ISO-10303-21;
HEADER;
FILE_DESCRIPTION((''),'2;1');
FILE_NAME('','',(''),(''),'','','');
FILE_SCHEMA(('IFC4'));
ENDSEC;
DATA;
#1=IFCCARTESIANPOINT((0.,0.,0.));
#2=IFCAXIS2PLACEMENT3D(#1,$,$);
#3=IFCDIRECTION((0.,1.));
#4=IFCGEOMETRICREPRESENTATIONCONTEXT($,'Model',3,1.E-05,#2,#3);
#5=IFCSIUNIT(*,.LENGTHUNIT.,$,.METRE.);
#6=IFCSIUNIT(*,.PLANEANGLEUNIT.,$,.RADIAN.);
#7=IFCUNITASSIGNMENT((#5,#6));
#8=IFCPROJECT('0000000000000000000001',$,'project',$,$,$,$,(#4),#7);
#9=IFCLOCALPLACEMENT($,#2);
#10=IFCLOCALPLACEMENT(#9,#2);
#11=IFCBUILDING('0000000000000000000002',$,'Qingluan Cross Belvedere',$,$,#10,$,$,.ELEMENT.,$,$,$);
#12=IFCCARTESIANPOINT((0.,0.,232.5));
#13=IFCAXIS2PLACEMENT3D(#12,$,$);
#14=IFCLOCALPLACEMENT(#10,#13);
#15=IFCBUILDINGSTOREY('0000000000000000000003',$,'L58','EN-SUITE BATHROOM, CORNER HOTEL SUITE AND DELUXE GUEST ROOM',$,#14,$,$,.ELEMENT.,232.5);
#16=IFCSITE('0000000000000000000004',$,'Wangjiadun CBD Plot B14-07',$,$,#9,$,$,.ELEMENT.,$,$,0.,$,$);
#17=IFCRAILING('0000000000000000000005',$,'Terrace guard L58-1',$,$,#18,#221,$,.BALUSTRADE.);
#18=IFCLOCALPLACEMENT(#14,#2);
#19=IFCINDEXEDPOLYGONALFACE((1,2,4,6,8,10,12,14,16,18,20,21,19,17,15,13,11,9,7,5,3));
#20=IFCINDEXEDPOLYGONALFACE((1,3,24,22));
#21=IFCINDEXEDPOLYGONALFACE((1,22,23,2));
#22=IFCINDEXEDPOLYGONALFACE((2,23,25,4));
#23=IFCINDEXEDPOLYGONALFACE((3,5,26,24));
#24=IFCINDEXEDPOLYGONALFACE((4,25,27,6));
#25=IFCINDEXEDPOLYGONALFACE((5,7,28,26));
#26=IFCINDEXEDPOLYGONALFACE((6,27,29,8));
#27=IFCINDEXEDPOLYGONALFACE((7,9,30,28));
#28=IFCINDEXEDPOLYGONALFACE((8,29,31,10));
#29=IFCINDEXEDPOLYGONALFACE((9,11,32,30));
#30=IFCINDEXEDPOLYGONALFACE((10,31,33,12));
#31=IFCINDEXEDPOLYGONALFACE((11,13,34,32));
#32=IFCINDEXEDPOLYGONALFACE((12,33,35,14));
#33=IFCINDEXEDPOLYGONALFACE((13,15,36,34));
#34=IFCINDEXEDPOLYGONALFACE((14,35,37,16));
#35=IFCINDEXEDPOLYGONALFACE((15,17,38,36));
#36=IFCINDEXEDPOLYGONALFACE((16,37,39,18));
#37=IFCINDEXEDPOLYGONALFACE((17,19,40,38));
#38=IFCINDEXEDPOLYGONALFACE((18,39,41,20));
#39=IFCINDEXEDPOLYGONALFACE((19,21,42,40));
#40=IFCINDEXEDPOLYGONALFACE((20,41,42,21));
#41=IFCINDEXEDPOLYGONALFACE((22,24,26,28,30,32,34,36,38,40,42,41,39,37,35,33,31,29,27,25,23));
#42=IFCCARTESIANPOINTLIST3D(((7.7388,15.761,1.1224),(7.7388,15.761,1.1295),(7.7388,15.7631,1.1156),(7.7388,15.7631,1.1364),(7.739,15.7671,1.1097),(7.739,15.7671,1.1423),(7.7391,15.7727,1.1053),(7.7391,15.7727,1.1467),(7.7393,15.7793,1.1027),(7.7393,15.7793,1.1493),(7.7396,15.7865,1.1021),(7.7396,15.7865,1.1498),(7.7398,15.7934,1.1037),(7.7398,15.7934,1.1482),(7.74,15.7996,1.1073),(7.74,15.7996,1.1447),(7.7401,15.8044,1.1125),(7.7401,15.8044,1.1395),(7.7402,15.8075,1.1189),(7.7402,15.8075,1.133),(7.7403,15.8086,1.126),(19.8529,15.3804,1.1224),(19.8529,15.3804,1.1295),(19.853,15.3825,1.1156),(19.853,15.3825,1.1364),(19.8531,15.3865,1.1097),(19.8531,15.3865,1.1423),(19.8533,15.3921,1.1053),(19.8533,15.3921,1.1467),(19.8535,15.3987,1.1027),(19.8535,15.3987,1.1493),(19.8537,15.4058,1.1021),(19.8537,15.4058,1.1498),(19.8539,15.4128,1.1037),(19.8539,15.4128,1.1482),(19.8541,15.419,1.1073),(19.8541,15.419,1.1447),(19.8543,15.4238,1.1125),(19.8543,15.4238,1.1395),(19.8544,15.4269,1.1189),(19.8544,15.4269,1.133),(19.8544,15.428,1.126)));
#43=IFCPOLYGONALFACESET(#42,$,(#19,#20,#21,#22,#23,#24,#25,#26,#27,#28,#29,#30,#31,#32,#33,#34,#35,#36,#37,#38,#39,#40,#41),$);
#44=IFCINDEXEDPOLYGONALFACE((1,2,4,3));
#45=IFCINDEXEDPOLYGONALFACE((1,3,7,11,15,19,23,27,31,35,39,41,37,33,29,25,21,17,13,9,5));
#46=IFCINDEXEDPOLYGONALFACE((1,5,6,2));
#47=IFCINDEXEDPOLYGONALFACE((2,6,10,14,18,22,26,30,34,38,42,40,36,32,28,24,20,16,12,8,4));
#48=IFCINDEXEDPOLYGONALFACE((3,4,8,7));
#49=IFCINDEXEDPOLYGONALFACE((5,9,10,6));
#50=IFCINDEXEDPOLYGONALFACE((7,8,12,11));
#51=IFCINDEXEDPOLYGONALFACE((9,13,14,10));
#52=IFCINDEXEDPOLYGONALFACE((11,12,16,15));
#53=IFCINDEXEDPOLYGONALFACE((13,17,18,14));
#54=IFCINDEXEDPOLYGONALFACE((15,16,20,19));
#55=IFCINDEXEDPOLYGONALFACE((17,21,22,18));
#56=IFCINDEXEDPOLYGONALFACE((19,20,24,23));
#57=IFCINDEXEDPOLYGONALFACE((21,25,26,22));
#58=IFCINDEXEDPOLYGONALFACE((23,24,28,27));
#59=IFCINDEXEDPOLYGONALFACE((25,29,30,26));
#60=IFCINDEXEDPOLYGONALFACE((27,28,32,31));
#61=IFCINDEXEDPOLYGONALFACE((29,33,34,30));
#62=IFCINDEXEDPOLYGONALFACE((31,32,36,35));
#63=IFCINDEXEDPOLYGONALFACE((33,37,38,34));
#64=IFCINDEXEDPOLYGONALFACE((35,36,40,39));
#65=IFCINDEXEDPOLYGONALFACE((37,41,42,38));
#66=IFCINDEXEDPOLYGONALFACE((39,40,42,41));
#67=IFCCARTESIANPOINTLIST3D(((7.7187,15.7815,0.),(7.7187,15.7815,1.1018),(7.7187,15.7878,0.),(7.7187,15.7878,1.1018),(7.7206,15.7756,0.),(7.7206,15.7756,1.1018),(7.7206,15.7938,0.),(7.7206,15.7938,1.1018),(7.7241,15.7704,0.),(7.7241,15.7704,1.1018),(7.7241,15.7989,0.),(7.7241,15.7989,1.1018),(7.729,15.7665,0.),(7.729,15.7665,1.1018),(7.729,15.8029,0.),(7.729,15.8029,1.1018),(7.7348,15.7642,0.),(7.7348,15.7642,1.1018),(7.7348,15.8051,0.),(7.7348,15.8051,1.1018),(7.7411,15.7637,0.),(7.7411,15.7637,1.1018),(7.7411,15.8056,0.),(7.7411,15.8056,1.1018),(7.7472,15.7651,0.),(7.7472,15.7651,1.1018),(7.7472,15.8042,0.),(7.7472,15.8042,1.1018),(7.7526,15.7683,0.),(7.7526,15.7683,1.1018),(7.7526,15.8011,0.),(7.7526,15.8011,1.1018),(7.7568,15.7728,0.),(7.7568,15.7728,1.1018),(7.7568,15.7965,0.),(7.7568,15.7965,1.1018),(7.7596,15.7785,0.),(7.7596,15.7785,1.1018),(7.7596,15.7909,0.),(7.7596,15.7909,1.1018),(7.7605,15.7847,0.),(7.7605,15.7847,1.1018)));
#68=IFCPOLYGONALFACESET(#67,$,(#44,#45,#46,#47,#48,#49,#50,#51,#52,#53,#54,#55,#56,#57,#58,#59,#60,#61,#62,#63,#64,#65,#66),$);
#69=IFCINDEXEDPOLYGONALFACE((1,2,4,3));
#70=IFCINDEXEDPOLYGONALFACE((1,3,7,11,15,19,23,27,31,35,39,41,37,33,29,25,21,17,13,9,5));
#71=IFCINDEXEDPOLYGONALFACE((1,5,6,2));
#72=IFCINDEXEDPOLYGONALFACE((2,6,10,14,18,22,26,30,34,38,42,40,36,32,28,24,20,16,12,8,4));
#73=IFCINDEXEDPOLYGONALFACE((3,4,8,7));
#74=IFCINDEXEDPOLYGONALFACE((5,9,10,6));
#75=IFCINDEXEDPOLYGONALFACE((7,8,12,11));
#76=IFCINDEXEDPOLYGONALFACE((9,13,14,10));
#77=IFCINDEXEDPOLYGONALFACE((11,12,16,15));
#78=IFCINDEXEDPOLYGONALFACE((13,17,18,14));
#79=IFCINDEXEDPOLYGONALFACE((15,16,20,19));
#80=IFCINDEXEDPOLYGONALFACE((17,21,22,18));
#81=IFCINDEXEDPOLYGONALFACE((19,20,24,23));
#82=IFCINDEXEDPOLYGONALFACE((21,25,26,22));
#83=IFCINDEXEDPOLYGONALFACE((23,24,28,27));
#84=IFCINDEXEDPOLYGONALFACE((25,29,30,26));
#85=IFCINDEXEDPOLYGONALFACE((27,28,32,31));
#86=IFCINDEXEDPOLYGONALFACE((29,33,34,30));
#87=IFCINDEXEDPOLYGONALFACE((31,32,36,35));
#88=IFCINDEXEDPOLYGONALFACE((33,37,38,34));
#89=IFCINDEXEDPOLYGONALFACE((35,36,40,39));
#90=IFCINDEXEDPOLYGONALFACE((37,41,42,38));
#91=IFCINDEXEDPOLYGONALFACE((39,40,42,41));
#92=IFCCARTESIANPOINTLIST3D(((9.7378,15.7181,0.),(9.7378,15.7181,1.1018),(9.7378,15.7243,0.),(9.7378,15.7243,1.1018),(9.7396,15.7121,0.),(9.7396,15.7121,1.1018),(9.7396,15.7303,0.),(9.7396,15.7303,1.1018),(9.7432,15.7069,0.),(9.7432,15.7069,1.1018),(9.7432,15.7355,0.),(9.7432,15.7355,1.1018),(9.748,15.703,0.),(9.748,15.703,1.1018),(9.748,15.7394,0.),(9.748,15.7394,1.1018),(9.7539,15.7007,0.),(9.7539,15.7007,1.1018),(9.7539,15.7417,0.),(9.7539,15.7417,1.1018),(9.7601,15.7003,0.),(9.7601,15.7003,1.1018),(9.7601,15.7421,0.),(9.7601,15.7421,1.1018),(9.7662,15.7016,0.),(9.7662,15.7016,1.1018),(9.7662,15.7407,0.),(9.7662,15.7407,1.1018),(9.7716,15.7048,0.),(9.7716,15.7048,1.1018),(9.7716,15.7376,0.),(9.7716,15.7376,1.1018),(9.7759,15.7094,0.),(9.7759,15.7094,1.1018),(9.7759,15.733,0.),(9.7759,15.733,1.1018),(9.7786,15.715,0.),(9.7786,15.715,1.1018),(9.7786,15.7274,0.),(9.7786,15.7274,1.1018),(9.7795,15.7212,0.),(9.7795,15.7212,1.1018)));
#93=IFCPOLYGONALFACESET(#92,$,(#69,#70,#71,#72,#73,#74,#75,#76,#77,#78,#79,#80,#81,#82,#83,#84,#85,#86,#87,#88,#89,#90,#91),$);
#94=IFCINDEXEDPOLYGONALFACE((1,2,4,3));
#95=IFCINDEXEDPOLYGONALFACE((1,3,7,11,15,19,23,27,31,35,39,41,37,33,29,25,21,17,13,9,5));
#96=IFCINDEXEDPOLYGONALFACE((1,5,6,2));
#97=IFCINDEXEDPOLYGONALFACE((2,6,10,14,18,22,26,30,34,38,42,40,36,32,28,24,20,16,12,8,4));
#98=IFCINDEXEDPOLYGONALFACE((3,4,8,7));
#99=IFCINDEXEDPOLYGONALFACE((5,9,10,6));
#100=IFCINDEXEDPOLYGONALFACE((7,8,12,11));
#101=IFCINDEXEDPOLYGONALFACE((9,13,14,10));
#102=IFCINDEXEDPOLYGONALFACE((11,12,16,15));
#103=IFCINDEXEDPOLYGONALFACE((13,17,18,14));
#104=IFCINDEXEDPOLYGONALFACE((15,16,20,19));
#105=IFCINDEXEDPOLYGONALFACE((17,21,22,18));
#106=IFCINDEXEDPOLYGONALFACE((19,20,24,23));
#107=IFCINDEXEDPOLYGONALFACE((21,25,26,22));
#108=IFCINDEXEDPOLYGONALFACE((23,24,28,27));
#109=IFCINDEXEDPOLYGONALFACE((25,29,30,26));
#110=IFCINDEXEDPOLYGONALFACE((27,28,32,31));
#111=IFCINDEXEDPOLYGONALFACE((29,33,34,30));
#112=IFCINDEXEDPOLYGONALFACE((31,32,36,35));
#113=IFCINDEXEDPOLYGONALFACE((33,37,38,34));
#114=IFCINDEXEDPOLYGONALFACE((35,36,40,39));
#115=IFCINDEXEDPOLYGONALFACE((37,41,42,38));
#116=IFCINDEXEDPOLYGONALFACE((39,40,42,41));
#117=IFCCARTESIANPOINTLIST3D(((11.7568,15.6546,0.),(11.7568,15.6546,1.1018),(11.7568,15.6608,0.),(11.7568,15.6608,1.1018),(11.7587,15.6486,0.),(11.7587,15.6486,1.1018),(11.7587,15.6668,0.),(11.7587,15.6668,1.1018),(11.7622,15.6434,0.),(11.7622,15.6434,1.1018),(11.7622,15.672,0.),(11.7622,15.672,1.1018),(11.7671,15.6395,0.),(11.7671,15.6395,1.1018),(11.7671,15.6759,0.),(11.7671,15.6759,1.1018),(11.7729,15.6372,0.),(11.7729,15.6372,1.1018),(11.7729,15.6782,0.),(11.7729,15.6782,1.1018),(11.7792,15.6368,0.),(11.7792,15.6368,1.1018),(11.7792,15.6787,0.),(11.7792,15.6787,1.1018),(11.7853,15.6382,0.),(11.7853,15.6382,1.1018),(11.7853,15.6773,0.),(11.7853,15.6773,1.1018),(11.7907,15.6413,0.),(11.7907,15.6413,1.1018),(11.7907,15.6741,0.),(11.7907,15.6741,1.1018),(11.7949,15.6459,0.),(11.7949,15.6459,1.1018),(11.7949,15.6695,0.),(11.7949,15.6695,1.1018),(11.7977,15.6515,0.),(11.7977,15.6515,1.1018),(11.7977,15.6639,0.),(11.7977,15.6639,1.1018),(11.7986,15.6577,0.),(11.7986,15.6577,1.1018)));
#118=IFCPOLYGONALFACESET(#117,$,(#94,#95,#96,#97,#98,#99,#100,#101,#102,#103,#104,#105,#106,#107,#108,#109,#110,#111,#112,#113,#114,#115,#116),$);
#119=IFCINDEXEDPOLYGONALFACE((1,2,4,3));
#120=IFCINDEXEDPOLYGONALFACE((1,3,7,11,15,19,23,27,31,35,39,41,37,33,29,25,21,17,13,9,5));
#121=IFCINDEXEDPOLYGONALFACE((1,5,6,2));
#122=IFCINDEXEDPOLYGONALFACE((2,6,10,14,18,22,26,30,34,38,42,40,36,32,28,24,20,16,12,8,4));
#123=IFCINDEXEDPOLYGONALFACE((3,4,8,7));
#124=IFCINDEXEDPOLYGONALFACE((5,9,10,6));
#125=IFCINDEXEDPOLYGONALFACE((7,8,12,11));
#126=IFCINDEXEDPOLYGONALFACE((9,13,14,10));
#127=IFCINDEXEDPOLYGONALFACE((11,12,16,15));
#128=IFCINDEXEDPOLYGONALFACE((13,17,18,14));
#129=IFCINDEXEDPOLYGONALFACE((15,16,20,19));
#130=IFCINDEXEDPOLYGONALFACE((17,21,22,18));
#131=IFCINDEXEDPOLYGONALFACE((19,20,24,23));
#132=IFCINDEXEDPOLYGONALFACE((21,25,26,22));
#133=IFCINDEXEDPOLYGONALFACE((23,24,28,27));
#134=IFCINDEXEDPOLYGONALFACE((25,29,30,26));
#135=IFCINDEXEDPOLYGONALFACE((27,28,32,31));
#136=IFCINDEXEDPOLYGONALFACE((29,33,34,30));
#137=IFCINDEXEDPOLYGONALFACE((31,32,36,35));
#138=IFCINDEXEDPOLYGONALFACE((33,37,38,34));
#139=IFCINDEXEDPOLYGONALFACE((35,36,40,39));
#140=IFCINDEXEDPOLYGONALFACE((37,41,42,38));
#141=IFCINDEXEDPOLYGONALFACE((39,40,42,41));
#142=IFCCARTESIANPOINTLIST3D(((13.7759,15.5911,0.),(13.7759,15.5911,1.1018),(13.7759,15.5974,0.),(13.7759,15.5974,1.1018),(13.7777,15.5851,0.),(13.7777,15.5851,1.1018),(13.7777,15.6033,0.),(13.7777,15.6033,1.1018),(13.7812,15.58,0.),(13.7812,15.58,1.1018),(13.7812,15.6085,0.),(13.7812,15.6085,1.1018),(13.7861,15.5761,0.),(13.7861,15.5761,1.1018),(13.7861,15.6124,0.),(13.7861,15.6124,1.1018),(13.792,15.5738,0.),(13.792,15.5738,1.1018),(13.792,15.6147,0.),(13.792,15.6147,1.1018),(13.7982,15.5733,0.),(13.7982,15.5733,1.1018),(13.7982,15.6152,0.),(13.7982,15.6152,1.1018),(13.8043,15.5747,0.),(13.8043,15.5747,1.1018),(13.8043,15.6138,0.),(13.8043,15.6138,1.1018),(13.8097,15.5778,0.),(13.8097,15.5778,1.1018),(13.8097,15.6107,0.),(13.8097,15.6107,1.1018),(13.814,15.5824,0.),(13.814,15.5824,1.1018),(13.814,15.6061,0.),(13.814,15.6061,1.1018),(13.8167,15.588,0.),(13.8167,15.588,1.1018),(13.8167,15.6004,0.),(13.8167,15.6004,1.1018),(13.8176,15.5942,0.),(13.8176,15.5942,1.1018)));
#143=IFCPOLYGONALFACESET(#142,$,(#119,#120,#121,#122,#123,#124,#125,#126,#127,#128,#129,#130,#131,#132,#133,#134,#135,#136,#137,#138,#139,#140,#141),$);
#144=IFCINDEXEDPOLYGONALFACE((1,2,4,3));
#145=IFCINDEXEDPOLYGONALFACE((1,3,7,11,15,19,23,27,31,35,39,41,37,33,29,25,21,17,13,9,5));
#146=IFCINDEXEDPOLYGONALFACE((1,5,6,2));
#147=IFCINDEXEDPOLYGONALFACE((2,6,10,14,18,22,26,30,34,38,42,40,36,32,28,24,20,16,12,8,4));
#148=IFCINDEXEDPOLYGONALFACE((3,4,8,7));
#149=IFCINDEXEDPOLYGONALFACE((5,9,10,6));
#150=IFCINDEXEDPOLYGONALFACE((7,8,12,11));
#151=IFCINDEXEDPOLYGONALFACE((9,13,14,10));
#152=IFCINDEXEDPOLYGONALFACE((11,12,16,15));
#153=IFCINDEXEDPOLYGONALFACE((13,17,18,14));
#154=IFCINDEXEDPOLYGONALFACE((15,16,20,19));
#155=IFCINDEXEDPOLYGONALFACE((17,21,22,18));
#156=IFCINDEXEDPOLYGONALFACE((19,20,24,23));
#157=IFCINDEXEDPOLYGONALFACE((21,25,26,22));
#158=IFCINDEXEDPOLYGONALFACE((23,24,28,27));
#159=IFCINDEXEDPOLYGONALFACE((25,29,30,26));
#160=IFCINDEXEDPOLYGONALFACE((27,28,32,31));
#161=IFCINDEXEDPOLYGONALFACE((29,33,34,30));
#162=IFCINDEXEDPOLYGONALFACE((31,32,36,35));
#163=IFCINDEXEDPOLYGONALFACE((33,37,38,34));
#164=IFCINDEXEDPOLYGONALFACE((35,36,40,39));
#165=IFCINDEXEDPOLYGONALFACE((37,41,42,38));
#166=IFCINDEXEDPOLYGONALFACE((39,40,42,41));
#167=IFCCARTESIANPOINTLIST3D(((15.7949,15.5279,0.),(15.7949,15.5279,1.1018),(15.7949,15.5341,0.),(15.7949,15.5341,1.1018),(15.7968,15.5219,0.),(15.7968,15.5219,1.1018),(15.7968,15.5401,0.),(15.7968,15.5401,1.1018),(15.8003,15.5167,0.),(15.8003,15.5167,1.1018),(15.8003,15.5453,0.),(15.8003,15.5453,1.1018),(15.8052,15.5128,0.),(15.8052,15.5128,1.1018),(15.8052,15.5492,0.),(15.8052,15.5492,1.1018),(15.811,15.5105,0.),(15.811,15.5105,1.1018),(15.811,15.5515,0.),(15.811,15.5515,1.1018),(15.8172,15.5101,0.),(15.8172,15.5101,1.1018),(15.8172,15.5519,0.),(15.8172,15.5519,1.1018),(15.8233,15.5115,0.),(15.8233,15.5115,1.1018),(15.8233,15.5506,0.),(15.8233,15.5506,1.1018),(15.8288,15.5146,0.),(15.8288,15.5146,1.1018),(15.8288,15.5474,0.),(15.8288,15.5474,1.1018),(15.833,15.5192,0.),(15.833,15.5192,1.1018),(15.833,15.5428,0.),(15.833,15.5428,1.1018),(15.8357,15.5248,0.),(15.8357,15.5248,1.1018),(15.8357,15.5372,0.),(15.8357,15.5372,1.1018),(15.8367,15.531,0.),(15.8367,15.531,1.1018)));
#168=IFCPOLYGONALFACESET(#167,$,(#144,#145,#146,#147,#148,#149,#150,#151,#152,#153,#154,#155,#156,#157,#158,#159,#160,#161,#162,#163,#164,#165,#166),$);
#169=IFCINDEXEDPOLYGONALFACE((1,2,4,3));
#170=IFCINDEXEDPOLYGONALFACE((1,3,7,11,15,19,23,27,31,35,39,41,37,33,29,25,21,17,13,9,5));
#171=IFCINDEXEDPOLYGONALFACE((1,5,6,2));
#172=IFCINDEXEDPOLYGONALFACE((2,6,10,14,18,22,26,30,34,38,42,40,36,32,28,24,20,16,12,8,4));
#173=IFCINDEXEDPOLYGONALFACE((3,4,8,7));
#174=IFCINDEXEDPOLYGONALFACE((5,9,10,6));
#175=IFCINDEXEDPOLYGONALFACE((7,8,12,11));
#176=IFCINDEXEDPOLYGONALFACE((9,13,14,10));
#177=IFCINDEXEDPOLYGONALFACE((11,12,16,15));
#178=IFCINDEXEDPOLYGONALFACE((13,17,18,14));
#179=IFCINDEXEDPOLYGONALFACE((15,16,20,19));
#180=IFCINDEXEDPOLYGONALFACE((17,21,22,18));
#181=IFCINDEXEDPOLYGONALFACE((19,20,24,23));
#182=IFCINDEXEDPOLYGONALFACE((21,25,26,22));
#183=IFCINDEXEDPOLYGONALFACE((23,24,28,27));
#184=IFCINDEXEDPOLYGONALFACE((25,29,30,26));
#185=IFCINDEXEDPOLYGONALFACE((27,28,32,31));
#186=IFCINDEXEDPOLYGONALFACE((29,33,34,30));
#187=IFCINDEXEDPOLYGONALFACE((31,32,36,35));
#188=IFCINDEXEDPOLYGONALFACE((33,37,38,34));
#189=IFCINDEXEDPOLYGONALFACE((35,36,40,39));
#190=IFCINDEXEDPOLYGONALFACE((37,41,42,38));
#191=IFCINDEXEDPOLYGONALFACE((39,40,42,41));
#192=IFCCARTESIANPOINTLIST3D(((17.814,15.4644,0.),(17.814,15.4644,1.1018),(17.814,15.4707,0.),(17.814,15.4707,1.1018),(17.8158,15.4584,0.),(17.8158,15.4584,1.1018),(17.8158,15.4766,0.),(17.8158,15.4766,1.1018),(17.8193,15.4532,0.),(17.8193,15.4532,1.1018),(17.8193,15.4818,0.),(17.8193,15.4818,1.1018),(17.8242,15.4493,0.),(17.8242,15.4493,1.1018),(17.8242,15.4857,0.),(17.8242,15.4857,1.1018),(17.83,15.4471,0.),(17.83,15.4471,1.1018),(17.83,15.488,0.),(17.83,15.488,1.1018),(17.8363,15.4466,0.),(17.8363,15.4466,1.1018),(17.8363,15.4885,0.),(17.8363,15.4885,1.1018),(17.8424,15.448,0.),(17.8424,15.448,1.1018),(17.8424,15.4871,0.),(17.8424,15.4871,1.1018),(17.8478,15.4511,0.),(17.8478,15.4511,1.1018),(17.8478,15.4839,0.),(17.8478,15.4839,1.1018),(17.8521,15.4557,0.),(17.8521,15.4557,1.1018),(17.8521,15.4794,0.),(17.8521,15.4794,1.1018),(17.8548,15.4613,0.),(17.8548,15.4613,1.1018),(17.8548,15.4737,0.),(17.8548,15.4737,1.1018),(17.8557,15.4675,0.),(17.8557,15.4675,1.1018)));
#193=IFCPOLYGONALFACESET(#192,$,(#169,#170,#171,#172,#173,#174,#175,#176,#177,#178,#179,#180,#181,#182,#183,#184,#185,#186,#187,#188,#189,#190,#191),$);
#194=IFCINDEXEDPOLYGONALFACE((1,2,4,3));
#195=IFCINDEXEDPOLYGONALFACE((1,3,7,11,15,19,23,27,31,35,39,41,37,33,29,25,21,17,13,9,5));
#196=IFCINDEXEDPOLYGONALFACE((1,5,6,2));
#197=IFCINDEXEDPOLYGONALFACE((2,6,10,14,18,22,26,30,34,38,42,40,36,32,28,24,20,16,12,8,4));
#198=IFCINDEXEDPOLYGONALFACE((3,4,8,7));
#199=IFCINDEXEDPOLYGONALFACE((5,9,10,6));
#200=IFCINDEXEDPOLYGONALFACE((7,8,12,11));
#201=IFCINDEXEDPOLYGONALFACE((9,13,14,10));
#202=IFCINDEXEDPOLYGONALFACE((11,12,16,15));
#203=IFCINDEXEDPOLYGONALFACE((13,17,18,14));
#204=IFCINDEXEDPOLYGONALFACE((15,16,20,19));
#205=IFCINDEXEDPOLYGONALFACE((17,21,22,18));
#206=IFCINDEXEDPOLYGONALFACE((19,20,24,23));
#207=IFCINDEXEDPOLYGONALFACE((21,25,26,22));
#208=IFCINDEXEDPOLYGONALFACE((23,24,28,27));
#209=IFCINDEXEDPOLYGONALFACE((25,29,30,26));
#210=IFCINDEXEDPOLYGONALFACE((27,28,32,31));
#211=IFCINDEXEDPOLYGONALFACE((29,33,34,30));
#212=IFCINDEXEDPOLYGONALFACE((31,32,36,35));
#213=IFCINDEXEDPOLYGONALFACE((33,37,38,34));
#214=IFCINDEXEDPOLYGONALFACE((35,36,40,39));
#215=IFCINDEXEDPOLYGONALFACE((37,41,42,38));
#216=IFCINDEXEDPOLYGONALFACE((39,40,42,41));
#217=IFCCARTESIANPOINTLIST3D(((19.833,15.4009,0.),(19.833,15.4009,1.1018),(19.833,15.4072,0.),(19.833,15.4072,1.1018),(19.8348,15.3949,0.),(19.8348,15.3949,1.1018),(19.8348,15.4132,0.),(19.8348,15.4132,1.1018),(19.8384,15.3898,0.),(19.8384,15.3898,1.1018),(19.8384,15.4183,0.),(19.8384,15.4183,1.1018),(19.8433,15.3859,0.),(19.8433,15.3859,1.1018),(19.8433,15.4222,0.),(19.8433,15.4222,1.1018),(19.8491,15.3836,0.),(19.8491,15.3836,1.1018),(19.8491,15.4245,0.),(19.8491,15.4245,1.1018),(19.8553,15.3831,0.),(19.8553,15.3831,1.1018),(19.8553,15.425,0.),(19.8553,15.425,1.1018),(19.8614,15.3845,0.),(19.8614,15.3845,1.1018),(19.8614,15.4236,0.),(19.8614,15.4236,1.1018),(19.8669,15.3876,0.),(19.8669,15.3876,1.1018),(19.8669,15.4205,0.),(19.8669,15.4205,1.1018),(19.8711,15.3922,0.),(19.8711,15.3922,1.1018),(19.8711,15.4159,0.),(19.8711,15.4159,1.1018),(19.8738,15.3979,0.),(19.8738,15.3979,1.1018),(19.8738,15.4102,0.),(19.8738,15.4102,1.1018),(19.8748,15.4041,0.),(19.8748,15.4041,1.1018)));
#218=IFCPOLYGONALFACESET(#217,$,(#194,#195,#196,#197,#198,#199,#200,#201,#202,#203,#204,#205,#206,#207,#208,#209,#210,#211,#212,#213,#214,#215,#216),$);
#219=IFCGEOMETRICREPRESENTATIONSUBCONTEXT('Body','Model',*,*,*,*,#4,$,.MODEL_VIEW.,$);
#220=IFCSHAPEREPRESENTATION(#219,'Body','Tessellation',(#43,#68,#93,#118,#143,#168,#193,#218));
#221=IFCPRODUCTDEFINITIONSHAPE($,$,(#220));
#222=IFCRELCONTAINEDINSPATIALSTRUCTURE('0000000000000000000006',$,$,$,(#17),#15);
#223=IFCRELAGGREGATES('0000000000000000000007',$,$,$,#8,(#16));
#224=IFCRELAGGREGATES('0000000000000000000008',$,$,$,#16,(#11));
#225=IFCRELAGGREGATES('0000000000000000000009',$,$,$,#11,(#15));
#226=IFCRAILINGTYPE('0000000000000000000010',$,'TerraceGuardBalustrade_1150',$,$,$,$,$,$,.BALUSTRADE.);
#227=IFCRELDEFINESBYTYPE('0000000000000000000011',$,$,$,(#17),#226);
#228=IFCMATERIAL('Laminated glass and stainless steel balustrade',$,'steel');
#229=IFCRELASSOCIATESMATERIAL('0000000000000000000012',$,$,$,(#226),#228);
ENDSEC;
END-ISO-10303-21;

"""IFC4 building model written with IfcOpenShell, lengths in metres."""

from ifc_helpers import new_model, si_unit, direction, frame, origin, origin_2d, place, context, subcontext, project, spatial, circle, extrude, material, type_object, element, save


model = new_model("IFC4")

# Units and contexts
model_context = context("Model", 3, precision=1e-05, world=origin(), true_north=direction((0.0, 1.0)))
body_context = subcontext(model_context, "Body", "Model", "MODEL_VIEW")
ifc_project = project(units=[si_unit("LENGTHUNIT", "METRE"), si_unit("PLANEANGLEUNIT", "RADIAN")], contexts=[model_context])

# Site, building, storey
site_placement = place(None, origin())
site = spatial("IfcSite", under=ifc_project, at=site_placement, Name="Wangjiadun CBD Plot B14-07", CompositionType="ELEMENT", RefElevation=0.0)
building_placement = place(site_placement, origin())
building = spatial("IfcBuilding", under=site, at=building_placement, Name="Qingluan Cross Belvedere", CompositionType="ELEMENT")
storey_placement = place(building_placement, frame((0.0, 0.0, 232.5)))
storey = spatial("IfcBuildingStorey", under=building, at=storey_placement, Name="L58", Description="EN-SUITE BATHROOM, CORNER HOTEL SUITE AND DELUXE GUEST ROOM", CompositionType="ELEMENT", Elevation=232.5)

# Railing
ifc_material_1 = material(Name="Laminated glass and stainless steel balustrade", Category="steel")
railing_type = type_object("IfcRailingType", Name="TerraceGuardBalustrade_1150", PredefinedType="BALUSTRADE", material=ifc_material_1)
railing_placement = place(storey_placement, frame((7.7395, 15.7847, 0.0)))
element("IfcRailing", 1, at=railing_placement, inside=storey, type_object=railing_type, Name="Terrace guard L58-1", PredefinedType="BALUSTRADE", context=body_context, shape_type="SweptSolid", body=[
    extrude(circle(Radius=0.0239, at=origin_2d()), frame((0.0, 0.0, 1.126), z_axis=(0.999507, -0.031403, 0.0), x_axis=(0.031403, 0.999507, 0.0)), (0.0, 0.0, 1.0), 12.1201),
    extrude(circle(Radius=0.021, at=origin_2d()), origin(), (0.0, 0.0, 1.0), 1.1018),
    extrude(circle(Radius=0.021, at=origin_2d()), frame((2.019, -0.0635, 0.0)), (0.0, 0.0, 1.0), 1.1018),
    extrude(circle(Radius=0.021, at=origin_2d()), frame((4.0381, -0.127, 0.0)), (0.0, 0.0, 1.0), 1.1018),
    extrude(circle(Radius=0.021, at=origin_2d()), frame((6.0571, -0.1904, 0.0)), (0.0, 0.0, 1.0), 1.1018),
    extrude(circle(Radius=0.021, at=origin_2d()), frame((8.0762, -0.2537, 0.0)), (0.0, 0.0, 1.0), 1.1018),
    extrude(circle(Radius=0.021, at=origin_2d()), frame((10.0952, -0.3171, 0.0)), (0.0, 0.0, 1.0), 1.1018),
    extrude(circle(Radius=0.021, at=origin_2d()), frame((12.1143, -0.3806, 0.0)), (0.0, 0.0, 1.0), 1.1018),
])

save(model, "model.ifc")
